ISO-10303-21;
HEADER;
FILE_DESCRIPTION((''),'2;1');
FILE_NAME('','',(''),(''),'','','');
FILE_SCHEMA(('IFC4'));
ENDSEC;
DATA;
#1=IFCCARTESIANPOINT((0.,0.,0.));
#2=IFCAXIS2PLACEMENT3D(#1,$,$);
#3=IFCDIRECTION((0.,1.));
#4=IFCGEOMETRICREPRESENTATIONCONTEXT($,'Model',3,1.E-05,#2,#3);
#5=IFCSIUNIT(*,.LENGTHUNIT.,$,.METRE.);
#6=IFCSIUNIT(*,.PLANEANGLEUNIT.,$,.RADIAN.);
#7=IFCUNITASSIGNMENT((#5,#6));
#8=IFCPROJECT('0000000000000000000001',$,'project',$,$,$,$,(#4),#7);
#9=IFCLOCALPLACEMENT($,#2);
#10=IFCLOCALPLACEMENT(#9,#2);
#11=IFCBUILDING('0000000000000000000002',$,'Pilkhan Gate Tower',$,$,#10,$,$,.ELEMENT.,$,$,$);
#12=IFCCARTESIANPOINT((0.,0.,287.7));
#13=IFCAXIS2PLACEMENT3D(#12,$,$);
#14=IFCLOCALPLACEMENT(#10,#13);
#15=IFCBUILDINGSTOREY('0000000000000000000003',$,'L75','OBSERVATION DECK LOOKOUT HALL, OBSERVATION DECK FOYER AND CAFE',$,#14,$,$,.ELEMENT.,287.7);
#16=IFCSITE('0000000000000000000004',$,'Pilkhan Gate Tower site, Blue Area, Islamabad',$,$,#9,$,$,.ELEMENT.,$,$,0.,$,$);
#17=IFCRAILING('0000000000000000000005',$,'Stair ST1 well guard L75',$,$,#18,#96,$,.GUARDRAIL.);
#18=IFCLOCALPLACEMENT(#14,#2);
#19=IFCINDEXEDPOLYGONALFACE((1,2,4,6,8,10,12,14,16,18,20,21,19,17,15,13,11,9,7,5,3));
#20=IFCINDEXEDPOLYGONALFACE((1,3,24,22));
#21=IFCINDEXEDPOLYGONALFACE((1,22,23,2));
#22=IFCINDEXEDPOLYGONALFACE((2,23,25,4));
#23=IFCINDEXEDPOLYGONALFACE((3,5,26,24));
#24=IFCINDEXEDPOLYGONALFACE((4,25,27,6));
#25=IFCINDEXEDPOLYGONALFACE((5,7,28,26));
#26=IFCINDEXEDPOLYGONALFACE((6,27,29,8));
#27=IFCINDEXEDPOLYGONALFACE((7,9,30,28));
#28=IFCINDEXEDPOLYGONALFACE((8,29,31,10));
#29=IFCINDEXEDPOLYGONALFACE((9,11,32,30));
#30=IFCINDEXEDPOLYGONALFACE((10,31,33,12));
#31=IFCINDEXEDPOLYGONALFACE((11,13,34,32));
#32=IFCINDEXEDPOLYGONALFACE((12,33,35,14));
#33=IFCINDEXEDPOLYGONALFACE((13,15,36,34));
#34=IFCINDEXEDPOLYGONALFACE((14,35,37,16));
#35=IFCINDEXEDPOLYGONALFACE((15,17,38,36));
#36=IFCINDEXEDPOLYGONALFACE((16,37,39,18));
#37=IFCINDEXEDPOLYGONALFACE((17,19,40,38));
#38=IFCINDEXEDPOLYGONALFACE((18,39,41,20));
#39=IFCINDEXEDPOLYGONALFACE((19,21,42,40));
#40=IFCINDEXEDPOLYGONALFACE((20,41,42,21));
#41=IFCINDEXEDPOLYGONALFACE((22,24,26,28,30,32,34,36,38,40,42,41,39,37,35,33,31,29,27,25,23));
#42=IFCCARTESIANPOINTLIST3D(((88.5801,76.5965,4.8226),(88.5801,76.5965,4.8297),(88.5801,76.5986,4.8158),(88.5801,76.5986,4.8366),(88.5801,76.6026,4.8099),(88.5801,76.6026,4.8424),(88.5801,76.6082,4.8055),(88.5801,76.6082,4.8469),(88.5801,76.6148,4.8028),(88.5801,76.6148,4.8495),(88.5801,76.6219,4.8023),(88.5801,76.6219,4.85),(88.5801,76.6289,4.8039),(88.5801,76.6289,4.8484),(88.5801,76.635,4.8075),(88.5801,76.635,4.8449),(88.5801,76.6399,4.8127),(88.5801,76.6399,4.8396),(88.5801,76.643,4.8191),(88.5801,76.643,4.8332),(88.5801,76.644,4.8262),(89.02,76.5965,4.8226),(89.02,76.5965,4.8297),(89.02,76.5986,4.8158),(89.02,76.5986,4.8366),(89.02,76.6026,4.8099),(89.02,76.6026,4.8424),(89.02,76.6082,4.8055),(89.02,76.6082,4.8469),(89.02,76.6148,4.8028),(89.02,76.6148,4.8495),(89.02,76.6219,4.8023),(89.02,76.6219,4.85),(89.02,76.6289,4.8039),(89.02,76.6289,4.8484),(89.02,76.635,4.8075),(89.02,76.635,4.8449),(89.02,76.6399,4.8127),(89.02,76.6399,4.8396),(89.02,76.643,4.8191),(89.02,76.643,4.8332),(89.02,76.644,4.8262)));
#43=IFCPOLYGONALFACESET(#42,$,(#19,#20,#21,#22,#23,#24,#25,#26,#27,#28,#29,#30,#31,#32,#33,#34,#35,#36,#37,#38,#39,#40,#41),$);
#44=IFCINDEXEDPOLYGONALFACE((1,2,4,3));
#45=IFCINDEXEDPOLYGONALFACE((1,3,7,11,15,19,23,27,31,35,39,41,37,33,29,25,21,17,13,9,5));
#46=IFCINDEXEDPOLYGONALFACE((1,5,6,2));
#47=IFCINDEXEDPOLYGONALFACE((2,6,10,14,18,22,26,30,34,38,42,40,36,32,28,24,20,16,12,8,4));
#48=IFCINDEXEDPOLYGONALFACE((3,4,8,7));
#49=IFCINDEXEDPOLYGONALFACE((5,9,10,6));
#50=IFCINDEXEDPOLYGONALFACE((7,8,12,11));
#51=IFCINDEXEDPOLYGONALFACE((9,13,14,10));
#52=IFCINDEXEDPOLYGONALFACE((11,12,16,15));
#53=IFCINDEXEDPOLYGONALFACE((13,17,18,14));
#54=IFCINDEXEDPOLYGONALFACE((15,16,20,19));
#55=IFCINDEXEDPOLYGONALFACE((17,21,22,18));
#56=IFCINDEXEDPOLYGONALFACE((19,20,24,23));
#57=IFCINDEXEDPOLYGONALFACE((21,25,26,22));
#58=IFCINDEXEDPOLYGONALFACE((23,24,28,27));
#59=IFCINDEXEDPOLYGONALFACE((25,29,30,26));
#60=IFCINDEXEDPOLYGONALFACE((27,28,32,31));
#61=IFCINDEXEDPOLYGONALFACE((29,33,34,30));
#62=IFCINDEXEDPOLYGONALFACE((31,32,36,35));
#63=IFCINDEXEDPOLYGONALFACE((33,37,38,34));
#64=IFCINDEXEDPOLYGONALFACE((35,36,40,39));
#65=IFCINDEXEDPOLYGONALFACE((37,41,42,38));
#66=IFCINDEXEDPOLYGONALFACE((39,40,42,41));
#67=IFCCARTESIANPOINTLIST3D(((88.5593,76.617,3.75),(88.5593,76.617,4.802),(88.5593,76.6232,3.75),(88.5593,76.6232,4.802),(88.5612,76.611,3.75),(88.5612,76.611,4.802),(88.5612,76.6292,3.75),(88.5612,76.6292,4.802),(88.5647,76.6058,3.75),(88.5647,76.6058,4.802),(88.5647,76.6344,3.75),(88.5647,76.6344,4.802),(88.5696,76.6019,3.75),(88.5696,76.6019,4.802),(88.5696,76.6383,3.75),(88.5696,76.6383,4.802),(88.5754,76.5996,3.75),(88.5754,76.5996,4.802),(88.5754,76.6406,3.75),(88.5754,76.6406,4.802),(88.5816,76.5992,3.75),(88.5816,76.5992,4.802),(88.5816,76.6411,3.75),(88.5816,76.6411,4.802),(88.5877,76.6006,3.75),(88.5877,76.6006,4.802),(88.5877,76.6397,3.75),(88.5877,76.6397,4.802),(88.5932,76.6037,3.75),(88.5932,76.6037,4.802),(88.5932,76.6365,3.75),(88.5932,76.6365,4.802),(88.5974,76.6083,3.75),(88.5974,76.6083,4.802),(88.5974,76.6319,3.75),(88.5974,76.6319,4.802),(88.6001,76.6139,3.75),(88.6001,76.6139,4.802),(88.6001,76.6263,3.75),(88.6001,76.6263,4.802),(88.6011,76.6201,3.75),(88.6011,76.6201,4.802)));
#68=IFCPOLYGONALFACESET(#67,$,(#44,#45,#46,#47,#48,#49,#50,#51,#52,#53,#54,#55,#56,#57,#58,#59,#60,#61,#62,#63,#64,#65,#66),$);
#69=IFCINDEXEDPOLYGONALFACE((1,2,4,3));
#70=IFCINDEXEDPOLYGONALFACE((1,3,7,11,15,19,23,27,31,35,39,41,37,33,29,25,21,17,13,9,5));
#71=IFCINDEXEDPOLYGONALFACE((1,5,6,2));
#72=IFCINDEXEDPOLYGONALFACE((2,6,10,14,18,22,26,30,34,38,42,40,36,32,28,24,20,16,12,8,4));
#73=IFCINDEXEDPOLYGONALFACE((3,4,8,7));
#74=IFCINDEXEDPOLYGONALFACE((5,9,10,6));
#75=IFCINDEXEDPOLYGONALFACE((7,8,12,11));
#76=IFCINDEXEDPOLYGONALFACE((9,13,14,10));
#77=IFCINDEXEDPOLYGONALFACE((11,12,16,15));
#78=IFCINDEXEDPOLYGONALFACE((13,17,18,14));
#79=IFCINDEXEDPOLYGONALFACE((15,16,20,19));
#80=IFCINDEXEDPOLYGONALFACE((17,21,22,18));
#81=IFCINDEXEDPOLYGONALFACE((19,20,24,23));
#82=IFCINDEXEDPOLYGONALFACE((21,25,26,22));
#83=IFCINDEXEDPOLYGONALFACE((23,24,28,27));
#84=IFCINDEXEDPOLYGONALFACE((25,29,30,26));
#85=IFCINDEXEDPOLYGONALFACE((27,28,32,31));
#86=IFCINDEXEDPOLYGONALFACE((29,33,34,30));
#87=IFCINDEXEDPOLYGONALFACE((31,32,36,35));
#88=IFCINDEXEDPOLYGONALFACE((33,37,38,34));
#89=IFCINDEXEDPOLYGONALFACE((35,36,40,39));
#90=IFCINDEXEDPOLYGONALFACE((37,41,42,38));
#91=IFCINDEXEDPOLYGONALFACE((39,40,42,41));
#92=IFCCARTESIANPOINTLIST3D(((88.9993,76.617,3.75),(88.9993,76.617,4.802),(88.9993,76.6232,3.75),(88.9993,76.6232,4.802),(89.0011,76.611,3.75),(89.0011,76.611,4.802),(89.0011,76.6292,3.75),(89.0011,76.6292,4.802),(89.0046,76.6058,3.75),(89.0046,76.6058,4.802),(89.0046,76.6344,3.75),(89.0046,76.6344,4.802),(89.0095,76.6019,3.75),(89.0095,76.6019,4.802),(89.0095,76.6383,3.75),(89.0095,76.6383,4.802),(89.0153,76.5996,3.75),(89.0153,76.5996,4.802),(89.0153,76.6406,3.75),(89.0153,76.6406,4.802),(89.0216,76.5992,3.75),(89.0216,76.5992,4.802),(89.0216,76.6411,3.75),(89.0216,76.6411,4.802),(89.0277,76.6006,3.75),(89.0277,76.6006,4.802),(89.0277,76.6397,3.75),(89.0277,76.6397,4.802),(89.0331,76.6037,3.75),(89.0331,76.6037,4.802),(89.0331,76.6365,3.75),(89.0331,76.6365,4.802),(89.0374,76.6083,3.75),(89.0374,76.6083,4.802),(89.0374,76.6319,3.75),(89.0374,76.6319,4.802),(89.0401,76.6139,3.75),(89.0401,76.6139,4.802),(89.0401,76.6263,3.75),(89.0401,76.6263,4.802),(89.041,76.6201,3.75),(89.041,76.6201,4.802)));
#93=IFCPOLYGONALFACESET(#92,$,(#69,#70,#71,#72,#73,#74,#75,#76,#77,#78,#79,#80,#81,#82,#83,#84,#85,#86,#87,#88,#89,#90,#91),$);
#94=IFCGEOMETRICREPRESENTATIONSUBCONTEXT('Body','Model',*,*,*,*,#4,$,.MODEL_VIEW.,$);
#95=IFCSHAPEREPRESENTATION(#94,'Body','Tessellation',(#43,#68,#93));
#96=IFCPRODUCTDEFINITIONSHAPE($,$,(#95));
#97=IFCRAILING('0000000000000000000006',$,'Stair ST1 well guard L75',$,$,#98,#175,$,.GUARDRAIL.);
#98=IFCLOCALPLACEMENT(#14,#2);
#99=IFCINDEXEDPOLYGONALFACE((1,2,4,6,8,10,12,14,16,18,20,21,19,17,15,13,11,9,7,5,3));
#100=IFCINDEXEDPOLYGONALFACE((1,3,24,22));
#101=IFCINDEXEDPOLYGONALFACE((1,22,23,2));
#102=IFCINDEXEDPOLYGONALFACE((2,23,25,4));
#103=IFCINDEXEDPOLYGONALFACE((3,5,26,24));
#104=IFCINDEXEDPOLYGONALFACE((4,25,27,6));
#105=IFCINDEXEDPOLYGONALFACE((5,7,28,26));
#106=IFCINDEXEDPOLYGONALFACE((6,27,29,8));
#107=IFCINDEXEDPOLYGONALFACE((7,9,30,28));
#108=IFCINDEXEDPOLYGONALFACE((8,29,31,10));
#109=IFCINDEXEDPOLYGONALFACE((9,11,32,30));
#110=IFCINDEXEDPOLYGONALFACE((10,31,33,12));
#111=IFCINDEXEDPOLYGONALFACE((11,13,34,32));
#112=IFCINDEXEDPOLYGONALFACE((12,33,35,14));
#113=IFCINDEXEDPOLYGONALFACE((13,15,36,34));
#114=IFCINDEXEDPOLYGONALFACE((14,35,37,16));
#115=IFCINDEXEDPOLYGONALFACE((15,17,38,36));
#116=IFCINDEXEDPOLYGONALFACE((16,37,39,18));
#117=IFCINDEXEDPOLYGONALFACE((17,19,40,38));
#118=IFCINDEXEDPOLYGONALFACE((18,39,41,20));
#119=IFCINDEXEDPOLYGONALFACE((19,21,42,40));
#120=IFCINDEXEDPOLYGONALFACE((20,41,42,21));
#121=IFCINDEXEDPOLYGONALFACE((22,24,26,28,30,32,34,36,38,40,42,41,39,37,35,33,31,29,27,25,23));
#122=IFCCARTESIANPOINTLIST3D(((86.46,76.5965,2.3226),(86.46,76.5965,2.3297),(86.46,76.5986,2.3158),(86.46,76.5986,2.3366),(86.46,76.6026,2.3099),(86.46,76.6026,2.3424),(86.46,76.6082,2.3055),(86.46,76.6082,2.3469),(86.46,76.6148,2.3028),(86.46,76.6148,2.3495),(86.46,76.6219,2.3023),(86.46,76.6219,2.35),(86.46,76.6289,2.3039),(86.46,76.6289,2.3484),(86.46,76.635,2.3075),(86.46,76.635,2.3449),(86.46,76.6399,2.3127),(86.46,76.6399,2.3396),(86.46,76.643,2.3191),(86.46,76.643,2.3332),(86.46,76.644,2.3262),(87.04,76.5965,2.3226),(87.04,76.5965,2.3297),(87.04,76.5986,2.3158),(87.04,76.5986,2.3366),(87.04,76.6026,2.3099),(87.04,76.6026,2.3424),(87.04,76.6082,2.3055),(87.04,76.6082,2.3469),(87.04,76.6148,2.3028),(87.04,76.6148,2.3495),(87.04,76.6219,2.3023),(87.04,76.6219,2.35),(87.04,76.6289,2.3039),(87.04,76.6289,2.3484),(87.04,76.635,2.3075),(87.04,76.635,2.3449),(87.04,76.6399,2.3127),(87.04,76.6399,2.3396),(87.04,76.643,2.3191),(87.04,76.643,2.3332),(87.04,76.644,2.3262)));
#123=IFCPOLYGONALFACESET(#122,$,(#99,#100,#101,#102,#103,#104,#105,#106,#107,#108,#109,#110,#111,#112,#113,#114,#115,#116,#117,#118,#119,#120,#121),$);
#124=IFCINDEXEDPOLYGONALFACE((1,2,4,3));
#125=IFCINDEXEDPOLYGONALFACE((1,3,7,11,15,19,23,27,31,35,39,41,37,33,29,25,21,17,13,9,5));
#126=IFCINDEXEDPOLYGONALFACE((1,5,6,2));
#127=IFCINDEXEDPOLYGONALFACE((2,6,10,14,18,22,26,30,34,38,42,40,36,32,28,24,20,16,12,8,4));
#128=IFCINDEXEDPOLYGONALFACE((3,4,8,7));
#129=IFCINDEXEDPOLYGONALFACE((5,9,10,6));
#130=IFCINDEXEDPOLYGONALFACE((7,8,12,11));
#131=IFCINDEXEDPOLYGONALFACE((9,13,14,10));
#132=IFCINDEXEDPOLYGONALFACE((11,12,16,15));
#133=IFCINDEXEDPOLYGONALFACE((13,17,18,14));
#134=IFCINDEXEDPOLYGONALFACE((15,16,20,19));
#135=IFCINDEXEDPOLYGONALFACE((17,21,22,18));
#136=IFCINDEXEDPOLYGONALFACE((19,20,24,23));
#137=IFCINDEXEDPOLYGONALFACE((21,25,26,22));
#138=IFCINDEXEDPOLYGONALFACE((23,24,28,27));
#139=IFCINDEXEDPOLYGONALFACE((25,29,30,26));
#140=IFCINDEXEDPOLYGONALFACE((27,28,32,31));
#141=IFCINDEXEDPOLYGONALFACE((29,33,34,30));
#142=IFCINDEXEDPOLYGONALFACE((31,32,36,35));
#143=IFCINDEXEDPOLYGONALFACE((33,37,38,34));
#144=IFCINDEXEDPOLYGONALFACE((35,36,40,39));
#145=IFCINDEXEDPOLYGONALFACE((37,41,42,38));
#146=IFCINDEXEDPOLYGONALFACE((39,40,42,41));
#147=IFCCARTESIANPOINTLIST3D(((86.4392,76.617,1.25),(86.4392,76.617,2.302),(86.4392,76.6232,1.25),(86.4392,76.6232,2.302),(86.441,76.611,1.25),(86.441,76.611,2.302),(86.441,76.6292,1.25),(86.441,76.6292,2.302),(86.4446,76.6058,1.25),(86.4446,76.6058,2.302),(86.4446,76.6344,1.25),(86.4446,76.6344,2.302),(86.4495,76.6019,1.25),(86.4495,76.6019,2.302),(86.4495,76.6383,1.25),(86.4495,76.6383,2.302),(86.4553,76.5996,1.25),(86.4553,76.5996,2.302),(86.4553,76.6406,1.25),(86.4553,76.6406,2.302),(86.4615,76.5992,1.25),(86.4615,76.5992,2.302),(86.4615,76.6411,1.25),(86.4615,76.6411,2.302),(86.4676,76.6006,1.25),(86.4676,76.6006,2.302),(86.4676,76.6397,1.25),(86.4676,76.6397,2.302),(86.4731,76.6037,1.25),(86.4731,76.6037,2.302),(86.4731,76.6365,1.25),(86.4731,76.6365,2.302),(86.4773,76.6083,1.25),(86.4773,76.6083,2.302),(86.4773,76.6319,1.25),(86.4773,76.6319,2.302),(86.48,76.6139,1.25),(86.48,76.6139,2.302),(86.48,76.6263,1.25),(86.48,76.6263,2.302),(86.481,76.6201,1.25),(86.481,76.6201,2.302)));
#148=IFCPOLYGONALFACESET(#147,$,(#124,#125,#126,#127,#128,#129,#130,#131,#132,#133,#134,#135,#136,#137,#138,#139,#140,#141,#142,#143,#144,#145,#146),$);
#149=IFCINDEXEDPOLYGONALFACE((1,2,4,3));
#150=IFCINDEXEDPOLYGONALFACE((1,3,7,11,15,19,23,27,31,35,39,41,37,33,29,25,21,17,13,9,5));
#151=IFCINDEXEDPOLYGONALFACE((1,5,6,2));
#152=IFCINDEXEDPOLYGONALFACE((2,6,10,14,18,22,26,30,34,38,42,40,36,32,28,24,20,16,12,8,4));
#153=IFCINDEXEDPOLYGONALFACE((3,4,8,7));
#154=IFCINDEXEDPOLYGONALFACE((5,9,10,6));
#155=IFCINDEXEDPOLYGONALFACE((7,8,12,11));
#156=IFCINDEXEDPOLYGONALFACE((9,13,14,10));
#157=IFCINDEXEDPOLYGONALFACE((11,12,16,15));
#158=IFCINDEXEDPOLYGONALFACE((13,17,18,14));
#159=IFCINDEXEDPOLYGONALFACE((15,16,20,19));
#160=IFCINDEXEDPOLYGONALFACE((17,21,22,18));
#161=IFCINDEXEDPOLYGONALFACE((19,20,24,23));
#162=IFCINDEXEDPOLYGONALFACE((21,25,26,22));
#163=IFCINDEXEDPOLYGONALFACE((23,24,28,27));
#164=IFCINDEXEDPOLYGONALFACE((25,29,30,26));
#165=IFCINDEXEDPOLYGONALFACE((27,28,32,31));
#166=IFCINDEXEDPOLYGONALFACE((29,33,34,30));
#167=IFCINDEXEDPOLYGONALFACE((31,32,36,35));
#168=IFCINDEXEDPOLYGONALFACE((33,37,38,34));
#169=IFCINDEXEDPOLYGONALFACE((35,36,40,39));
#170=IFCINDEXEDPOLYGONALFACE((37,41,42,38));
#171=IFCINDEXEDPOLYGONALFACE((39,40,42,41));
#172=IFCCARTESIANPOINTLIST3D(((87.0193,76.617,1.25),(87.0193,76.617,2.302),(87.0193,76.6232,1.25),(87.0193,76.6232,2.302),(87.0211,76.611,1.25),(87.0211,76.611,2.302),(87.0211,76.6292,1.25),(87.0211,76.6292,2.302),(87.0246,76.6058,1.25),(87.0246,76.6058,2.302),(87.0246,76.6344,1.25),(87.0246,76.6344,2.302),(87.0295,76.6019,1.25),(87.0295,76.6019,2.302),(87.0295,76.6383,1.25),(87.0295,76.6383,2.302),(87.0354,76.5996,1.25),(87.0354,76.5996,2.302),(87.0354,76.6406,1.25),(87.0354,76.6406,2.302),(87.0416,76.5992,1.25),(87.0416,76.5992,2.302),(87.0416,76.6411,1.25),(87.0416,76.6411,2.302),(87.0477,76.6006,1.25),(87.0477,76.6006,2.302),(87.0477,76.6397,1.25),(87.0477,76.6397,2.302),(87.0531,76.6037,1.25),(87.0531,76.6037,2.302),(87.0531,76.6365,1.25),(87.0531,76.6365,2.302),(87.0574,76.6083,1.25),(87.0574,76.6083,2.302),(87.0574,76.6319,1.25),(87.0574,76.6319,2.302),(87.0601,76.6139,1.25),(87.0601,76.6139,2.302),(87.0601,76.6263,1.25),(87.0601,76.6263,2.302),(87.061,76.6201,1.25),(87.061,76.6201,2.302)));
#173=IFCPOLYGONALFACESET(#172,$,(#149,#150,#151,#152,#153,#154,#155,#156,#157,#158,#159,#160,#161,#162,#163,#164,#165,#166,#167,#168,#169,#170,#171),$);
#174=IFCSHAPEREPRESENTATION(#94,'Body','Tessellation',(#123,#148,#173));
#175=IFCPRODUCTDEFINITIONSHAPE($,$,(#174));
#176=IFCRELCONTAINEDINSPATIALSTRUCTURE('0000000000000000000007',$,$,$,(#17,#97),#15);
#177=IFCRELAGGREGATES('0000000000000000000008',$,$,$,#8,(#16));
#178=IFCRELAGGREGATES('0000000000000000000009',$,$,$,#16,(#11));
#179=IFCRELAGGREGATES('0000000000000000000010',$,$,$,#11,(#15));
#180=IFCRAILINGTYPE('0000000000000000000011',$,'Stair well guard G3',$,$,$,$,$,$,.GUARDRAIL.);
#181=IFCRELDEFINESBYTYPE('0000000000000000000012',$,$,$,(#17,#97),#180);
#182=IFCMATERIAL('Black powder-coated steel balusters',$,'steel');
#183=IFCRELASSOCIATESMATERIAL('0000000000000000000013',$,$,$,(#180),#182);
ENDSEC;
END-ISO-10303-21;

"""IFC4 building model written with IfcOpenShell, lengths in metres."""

from ifc_helpers import new_model, si_unit, direction, frame, origin, origin_2d, place, context, subcontext, project, spatial, circle, extrude, material, type_object, element, save


model = new_model("IFC4")

# Units and contexts
model_context = context("Model", 3, precision=1e-05, world=origin(), true_north=direction((0.0, 1.0)))
body_context = subcontext(model_context, "Body", "Model", "MODEL_VIEW")
ifc_project = project(units=[si_unit("LENGTHUNIT", "METRE"), si_unit("PLANEANGLEUNIT", "RADIAN")], contexts=[model_context])

# Site, building, storey
site_placement = place(None, origin())
site = spatial("IfcSite", under=ifc_project, at=site_placement, Name="Pilkhan Gate Tower site, Blue Area, Islamabad", CompositionType="ELEMENT", RefElevation=0.0)
building_placement = place(site_placement, origin())
building = spatial("IfcBuilding", under=site, at=building_placement, Name="Pilkhan Gate Tower", CompositionType="ELEMENT")
storey_placement = place(building_placement, frame((0.0, 0.0, 287.7)))
storey = spatial("IfcBuildingStorey", under=building, at=storey_placement, Name="L75", Description="OBSERVATION DECK LOOKOUT HALL, OBSERVATION DECK FOYER AND CAFE", CompositionType="ELEMENT", Elevation=287.7)

# Railings
ifc_material_1 = material(Name="Black powder-coated steel balusters", Category="steel")
railing_type_1 = type_object("IfcRailingType", Name="Stair well guard G3", PredefinedType="GUARDRAIL", material=ifc_material_1)
railing_1_placement = place(storey_placement, frame((88.5801, 76.6201, 3.75)))
element("IfcRailing", 1, at=railing_1_placement, inside=storey, type_object=railing_type_1, Name="Stair ST1 well guard L75", PredefinedType="GUARDRAIL", context=body_context, shape_type="SweptSolid", body=[
    extrude(circle(Radius=0.0239, at=origin_2d()), frame((0.0, 0.0, 1.0762), z_axis=(1.0, 0.0, 0.0), x_axis=(0.0, 1.0, 0.0)), (0.0, 0.0, 1.0), 0.4399),
    extrude(circle(Radius=0.021, at=origin_2d()), origin(), (0.0, 0.0, 1.0), 1.052),
    extrude(circle(Radius=0.021, at=origin_2d()), frame((0.4399, 0.0, 0.0)), (0.0, 0.0, 1.0), 1.052),
])
for number, where, name in (
    (2, (86.46, 76.6201, 1.25), "Stair ST1 well guard L75"),
):
    element("IfcRailing", number, at=place(storey_placement, frame(where)), inside=storey, type_object=railing_type_1, Name=name, PredefinedType="GUARDRAIL", context=body_context, shape_type="SweptSolid", body=[
        extrude(circle(Radius=0.0239, at=origin_2d()), frame((0.0, 0.0, 1.0762), z_axis=(1.0, 0.0, 0.0), x_axis=(0.0, 1.0, 0.0)), (0.0, 0.0, 1.0), 0.5801),
        extrude(circle(Radius=0.021, at=origin_2d()), origin(), (0.0, 0.0, 1.0), 1.052),
        extrude(circle(Radius=0.021, at=origin_2d()), frame((0.5801, 0.0, 0.0)), (0.0, 0.0, 1.0), 1.052),
    ])

save(model, "model.ifc")
